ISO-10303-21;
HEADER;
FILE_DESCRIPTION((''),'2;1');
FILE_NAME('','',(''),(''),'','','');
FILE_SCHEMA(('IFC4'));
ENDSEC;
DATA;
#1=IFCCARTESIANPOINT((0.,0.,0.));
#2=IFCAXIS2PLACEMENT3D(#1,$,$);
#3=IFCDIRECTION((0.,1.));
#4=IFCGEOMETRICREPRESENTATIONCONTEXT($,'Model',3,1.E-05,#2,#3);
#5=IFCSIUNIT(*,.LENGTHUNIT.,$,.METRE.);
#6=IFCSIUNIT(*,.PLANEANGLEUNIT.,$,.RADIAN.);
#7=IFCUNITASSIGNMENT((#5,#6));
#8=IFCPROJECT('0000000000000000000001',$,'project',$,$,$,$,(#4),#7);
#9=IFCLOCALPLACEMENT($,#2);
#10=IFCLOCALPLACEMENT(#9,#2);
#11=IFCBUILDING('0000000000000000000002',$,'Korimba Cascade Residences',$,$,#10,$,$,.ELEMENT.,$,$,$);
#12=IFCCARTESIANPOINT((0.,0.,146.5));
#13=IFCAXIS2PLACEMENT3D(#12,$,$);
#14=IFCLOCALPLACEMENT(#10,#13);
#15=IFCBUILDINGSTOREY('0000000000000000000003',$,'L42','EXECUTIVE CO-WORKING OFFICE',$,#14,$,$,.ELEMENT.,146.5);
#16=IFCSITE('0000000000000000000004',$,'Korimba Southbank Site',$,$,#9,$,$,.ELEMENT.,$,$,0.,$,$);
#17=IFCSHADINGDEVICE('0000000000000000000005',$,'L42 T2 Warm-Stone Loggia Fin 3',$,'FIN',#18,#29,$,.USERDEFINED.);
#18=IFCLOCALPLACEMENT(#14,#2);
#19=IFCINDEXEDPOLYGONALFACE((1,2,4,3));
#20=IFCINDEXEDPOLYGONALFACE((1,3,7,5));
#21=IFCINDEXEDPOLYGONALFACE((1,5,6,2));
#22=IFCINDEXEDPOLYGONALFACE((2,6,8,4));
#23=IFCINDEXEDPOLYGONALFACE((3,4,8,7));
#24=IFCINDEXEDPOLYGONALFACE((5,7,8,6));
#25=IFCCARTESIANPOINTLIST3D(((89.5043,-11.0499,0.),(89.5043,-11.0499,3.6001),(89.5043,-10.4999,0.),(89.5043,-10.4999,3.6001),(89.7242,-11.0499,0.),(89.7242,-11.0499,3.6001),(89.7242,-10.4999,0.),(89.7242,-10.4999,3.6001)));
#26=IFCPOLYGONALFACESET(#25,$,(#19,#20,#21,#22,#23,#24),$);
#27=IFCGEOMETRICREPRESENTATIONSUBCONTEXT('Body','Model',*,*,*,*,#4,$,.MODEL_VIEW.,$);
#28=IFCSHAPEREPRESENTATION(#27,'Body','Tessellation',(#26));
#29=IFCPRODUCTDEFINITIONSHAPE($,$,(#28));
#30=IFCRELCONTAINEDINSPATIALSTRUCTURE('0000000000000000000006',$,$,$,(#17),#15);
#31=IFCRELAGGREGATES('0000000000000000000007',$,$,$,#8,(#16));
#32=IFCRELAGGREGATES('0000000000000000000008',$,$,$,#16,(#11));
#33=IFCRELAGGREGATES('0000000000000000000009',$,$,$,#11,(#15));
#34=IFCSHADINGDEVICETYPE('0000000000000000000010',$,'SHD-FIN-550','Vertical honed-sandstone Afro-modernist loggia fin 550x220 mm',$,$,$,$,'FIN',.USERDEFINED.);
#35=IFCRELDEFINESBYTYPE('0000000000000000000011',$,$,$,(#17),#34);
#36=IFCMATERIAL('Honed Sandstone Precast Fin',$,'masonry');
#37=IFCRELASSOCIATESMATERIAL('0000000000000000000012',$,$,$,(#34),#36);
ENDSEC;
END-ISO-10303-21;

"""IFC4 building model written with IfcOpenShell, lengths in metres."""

from ifc_helpers import new_model, si_unit, direction, frame, origin, origin_2d, place, context, subcontext, project, spatial, rectangle, extrude, material, type_object, element, save


model = new_model("IFC4")

# Units and contexts
model_context = context("Model", 3, precision=1e-05, world=origin(), true_north=direction((0.0, 1.0)))
body_context = subcontext(model_context, "Body", "Model", "MODEL_VIEW")
ifc_project = project(units=[si_unit("LENGTHUNIT", "METRE"), si_unit("PLANEANGLEUNIT", "RADIAN")], contexts=[model_context])

# Site, building, storey
site_placement = place(None, origin())
site = spatial("IfcSite", under=ifc_project, at=site_placement, Name="Korimba Southbank Site", CompositionType="ELEMENT", RefElevation=0.0)
building_placement = place(site_placement, origin())
building = spatial("IfcBuilding", under=site, at=building_placement, Name="Korimba Cascade Residences", CompositionType="ELEMENT")
storey_placement = place(building_placement, frame((0.0, 0.0, 146.5)))
storey = spatial("IfcBuildingStorey", under=building, at=storey_placement, Name="L42", Description="EXECUTIVE CO-WORKING OFFICE", CompositionType="ELEMENT", Elevation=146.5)

# Shading device
ifc_material_1 = material(Name="Honed Sandstone Precast Fin", Category="masonry")
shading_device_type = type_object("IfcShadingDeviceType", Name="SHD-FIN-550", Description="Vertical honed-sandstone Afro-modernist loggia fin 550x220 mm", ElementType="FIN", PredefinedType="USERDEFINED", material=ifc_material_1)
shading_device_placement = place(storey_placement, frame((89.6143, -10.7749, 0.0), z_axis=(0.0, 0.0, 1.0), x_axis=(1.0, 0.0, 0.0)))
element("IfcShadingDevice", 1, at=shading_device_placement, inside=storey, type_object=shading_device_type, Name="L42 T2 Warm-Stone Loggia Fin 3", ObjectType="FIN", PredefinedType="USERDEFINED", context=body_context, shape_type="SweptSolid", body=[
    extrude(rectangle(XDim=0.22, YDim=0.55, at=origin_2d()), origin(), (0.0, 0.0, 1.0), 3.6001),
])

save(model, "model.ifc")
